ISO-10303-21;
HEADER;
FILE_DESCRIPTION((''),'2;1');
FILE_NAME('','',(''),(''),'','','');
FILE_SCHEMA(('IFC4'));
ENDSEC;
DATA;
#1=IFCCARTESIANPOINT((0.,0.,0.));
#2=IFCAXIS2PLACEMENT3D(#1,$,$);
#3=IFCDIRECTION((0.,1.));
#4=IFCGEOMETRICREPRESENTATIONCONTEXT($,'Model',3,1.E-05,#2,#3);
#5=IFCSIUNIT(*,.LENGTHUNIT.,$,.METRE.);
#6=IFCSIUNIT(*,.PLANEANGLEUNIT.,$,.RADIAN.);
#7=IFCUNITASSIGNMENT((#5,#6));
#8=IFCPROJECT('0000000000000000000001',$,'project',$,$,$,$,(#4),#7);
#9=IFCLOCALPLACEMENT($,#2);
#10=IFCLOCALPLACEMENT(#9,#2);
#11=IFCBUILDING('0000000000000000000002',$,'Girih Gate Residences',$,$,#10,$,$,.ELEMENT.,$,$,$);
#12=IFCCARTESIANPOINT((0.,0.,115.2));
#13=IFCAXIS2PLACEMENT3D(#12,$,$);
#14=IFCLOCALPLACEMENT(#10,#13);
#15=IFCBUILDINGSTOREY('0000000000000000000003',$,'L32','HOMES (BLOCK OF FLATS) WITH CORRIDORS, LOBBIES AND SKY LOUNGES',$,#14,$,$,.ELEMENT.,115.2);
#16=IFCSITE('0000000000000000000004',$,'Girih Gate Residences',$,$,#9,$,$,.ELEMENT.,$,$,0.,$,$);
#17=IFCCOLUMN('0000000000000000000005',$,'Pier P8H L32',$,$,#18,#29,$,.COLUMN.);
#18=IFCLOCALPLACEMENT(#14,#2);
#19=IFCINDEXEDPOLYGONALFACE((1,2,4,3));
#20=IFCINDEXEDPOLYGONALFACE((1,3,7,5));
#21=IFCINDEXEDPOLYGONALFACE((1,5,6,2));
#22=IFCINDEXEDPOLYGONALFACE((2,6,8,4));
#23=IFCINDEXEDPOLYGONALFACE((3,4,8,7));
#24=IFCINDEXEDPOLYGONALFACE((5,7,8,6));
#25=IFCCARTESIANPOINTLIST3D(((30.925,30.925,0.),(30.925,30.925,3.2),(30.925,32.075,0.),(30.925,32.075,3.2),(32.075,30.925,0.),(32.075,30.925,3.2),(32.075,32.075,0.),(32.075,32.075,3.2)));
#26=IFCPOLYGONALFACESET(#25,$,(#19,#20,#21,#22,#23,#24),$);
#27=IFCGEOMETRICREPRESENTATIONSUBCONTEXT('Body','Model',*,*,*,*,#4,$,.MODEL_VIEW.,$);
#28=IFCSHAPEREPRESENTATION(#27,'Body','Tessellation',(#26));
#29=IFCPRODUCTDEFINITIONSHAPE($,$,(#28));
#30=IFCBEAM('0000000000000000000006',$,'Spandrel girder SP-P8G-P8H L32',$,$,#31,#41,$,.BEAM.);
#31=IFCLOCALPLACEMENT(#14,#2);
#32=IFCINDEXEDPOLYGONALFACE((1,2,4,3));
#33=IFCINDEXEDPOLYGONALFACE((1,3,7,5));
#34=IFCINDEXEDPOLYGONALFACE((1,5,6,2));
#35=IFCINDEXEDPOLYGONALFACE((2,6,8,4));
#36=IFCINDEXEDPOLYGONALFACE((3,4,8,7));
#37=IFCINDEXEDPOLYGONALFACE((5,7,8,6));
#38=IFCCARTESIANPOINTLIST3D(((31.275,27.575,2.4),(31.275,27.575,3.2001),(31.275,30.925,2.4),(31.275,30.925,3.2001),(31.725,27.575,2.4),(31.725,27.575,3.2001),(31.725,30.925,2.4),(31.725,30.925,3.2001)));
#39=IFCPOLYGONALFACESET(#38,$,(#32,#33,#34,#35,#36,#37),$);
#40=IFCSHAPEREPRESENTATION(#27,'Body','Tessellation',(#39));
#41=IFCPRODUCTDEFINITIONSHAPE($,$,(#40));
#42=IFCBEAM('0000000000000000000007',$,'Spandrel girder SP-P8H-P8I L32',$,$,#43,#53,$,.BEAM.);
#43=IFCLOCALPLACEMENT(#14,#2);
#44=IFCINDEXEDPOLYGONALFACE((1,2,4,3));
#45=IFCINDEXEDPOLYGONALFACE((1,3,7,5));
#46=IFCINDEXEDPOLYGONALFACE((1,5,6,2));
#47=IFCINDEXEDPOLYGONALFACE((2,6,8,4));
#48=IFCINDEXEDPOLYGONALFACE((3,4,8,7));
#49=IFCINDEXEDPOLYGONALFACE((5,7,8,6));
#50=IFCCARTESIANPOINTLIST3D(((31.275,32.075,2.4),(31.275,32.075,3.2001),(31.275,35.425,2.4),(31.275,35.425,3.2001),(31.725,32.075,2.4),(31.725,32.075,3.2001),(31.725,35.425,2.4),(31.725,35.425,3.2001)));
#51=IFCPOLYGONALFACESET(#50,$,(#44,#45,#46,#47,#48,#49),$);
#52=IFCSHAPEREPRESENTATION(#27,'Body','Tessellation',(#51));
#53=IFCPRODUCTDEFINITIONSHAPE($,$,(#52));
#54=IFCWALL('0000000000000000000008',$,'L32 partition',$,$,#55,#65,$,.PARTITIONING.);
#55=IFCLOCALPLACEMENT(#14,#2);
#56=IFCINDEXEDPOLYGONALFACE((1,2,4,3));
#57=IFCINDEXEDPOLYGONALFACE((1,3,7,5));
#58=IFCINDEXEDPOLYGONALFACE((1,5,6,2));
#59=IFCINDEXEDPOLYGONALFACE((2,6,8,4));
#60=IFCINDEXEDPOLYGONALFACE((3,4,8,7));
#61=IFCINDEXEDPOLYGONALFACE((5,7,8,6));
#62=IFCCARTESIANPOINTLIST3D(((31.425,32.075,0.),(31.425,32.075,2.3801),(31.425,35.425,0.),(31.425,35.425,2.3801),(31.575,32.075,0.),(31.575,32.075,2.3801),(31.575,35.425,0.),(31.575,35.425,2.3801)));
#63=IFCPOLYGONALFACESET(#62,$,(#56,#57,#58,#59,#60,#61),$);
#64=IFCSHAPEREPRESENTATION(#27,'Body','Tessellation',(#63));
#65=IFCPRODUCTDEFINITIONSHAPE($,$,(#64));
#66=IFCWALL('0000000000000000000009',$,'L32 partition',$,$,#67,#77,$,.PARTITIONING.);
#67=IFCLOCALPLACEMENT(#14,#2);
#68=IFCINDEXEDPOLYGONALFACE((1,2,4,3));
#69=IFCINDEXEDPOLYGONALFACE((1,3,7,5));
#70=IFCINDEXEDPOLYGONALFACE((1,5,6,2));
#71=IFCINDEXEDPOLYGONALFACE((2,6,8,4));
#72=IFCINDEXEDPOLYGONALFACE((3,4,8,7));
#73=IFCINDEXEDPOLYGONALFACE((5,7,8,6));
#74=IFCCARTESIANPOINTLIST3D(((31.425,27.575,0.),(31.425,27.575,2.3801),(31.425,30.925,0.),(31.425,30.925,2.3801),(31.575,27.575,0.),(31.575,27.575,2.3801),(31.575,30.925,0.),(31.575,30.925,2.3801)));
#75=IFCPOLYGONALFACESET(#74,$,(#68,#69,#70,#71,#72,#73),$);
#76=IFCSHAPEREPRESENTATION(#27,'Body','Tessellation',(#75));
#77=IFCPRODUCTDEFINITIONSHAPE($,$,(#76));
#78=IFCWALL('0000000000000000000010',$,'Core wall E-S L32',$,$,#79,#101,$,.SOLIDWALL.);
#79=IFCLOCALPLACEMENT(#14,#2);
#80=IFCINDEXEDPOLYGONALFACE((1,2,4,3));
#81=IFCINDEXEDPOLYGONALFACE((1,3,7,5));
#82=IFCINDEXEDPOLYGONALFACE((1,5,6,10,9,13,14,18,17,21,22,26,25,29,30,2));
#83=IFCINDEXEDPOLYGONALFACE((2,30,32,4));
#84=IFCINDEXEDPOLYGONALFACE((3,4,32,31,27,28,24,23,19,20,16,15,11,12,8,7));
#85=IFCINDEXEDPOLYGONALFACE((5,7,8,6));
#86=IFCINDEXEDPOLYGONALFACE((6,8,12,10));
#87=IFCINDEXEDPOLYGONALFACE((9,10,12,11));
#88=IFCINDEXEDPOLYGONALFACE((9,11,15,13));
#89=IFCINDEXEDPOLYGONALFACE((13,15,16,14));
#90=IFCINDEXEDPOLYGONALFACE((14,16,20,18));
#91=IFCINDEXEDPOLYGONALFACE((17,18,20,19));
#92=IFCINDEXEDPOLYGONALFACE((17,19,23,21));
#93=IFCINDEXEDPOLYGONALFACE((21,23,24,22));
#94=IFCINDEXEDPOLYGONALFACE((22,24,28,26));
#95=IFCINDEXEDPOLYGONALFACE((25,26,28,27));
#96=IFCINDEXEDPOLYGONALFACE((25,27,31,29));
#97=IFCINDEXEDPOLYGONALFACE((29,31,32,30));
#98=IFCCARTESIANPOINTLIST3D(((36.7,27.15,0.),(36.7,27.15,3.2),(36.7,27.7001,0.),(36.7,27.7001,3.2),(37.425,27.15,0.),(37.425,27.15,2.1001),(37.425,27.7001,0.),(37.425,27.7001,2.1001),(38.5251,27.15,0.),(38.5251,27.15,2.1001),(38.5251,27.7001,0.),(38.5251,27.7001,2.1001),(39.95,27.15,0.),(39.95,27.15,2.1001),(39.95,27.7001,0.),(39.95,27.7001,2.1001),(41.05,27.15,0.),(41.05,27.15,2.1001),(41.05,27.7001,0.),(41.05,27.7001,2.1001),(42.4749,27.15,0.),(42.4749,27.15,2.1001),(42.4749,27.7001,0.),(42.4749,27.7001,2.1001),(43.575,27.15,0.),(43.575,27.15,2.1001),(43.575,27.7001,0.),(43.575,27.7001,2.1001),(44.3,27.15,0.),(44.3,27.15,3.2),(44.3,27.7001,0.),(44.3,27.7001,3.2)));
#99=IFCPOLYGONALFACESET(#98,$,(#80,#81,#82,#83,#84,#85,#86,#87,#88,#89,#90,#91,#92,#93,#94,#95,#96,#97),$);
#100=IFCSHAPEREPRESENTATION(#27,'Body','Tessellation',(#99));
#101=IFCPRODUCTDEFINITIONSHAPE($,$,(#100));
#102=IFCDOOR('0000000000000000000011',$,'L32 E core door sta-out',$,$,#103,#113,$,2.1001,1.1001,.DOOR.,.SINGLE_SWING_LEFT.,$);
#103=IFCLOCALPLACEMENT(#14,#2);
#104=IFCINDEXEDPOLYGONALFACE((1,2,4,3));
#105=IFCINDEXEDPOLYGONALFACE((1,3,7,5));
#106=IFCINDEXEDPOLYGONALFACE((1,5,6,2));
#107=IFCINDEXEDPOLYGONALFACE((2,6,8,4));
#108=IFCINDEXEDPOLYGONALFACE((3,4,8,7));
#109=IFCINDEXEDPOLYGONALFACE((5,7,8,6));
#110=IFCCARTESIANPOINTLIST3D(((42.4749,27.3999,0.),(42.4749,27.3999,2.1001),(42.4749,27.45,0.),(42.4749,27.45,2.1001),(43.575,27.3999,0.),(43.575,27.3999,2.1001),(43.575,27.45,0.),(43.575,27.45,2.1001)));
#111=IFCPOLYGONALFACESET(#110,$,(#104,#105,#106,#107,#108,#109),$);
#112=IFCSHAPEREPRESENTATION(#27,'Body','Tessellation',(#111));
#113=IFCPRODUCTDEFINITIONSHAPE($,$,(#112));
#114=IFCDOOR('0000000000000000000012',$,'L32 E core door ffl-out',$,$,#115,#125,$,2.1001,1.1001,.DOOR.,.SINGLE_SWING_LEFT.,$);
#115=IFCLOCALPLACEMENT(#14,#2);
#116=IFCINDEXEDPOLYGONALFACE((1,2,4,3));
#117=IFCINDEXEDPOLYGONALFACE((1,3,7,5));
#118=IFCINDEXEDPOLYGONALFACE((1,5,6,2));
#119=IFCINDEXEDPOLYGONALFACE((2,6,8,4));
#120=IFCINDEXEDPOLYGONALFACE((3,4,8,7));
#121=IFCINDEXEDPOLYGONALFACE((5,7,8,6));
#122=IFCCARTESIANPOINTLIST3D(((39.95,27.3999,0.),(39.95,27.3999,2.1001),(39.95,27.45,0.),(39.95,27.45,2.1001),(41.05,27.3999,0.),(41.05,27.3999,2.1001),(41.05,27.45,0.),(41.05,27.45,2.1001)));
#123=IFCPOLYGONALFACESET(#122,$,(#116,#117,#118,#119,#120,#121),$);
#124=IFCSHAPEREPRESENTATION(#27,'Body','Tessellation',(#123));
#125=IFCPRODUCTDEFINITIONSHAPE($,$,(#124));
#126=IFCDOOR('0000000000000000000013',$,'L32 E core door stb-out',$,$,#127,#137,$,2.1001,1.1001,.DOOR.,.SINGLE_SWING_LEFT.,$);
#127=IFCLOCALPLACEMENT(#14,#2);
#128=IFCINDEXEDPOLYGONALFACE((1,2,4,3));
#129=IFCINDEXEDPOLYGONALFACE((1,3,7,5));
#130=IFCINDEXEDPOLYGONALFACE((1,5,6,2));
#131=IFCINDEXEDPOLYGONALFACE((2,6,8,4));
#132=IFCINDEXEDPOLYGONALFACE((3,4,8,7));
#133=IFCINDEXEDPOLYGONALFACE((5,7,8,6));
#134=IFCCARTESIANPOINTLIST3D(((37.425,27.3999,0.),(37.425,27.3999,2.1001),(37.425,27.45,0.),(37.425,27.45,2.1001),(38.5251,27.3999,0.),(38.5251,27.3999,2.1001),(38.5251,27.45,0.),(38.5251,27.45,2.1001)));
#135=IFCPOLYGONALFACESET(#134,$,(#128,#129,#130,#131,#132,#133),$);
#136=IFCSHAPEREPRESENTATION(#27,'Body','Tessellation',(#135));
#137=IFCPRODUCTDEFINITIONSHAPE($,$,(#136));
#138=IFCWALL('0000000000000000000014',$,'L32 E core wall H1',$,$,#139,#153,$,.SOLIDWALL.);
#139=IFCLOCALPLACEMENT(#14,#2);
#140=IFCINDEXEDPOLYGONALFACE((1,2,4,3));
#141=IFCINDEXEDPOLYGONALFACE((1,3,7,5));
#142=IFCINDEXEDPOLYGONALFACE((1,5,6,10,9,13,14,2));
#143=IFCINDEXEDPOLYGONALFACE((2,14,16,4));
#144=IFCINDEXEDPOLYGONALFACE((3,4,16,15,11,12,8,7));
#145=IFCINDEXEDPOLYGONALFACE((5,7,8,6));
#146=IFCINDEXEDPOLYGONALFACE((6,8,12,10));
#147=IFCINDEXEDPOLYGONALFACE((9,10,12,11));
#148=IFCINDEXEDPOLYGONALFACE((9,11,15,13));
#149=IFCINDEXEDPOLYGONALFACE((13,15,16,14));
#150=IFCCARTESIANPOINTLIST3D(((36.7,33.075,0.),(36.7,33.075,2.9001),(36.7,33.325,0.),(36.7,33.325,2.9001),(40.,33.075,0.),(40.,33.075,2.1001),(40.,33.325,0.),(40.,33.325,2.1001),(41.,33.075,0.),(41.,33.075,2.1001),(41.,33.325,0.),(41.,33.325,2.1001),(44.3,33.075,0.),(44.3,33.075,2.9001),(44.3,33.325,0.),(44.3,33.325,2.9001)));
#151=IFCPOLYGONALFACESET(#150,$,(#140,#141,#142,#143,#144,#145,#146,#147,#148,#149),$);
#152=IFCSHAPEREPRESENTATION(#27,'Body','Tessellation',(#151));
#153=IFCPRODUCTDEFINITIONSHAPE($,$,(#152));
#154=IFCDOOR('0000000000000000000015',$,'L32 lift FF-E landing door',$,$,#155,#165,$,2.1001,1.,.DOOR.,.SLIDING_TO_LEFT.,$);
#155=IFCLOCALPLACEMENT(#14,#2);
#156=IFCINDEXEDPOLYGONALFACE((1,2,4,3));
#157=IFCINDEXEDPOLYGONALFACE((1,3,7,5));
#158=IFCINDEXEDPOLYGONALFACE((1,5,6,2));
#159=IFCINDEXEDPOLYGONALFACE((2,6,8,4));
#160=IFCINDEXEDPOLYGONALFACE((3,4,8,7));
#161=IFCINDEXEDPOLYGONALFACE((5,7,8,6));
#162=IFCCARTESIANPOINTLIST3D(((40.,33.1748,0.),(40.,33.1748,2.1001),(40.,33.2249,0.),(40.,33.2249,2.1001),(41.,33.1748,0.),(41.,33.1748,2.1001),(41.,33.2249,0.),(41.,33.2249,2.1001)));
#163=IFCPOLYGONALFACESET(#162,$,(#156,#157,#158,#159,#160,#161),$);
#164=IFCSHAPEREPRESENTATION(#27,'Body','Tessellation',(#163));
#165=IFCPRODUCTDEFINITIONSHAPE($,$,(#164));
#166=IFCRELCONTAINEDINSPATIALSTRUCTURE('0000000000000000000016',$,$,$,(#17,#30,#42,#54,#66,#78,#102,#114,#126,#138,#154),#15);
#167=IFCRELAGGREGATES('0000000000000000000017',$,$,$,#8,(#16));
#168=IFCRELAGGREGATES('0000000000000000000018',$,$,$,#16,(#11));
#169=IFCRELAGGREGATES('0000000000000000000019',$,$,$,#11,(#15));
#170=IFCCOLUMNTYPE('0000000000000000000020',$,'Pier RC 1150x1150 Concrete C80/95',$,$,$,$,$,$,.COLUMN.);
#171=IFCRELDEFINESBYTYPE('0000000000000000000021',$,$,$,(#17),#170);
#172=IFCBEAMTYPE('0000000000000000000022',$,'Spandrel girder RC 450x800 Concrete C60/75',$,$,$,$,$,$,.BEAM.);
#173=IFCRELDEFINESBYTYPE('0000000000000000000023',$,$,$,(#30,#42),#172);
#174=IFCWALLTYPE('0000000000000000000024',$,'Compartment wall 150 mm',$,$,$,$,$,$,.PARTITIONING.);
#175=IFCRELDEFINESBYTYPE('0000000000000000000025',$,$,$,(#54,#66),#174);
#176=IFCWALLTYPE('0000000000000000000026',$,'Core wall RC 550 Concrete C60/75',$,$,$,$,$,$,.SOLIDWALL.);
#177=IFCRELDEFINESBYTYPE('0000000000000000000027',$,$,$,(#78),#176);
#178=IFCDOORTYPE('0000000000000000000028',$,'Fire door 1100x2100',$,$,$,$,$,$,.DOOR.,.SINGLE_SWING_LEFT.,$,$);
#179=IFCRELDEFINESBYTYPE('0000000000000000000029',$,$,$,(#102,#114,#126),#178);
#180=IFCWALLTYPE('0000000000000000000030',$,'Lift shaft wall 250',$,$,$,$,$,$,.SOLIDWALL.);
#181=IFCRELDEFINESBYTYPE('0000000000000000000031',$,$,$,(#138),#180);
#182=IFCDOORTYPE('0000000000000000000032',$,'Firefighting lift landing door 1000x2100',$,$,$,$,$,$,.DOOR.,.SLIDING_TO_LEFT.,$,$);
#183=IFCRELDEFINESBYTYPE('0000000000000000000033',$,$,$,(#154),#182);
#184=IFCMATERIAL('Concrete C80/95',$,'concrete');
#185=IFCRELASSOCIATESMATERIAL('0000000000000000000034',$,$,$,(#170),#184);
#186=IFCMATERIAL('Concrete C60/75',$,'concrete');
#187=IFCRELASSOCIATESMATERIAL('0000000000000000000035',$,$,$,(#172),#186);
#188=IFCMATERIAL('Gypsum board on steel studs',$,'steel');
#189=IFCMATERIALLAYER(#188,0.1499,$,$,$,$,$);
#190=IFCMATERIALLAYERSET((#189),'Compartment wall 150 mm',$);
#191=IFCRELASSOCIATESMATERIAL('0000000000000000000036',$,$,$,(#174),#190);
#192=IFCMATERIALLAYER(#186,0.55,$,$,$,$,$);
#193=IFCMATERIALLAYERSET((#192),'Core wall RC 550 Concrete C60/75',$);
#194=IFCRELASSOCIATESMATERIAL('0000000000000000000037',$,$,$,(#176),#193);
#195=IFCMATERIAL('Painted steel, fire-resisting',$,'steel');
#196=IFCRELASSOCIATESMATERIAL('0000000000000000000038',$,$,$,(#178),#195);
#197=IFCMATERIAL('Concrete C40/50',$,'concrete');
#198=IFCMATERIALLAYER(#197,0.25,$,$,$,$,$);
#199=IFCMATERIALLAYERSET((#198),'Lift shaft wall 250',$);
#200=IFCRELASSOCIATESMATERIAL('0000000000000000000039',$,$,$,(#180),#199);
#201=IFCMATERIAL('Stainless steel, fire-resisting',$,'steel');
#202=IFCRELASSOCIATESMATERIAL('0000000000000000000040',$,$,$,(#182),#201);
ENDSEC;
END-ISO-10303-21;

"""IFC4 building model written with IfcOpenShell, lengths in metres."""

from ifc_helpers import new_model, si_unit, direction, frame, frame_2d, origin, origin_2d, place, context, subcontext, project, spatial, rectangle, extrude, material, layer, layer_set, material_profile, profile_set, type_object, element, fill, save


model = new_model("IFC4")

# Units and contexts
model_context = context("Model", 3, precision=1e-05, world=origin(), true_north=direction((0.0, 1.0)))
body_context = subcontext(model_context, "Body", "Model", "MODEL_VIEW")
ifc_project = project(units=[si_unit("LENGTHUNIT", "METRE"), si_unit("PLANEANGLEUNIT", "RADIAN")], contexts=[model_context])

# Site, building, storey
site_placement = place(None, origin())
site = spatial("IfcSite", under=ifc_project, at=site_placement, Name="Girih Gate Residences", CompositionType="ELEMENT", RefElevation=0.0)
building_placement = place(site_placement, origin())
building = spatial("IfcBuilding", under=site, at=building_placement, Name="Girih Gate Residences", CompositionType="ELEMENT")
storey_placement = place(building_placement, frame((0.0, 0.0, 115.2)))
storey = spatial("IfcBuildingStorey", under=building, at=storey_placement, Name="L32", Description="HOMES (BLOCK OF FLATS) WITH CORRIDORS, LOBBIES AND SKY LOUNGES", CompositionType="ELEMENT", Elevation=115.2)

# Column
ifc_material_1 = material(Name="Concrete C80/95", Category="concrete")
ifc_material_profile_1 = material_profile(ifc_material_1, rectangle(XDim=1.1499, YDim=1.1499, at=origin_2d()))
ifc_profile_set_1 = profile_set([ifc_material_profile_1], Name="Concrete C80/95")
column_type = type_object("IfcColumnType", Name="Pier RC 1150x1150 Concrete C80/95", PredefinedType="COLUMN", material=ifc_profile_set_1)
column_placement = place(storey_placement, frame((31.5, 31.5, 0.0), z_axis=(0.0, 0.0, 1.0), x_axis=(1.0, 0.0, 0.0)))
element("IfcColumn", 1, at=column_placement, inside=storey, type_object=column_type, Name="Pier P8H L32", PredefinedType="COLUMN", context=body_context, shape_type="SweptSolid", body=[
    extrude(rectangle(XDim=1.1499, YDim=1.1499, at=origin_2d()), origin(), (0.0, 0.0, 1.0), 3.2),
])

# Beams
ifc_material_2 = material(Name="Concrete C60/75", Category="concrete")
ifc_material_profile_2 = material_profile(ifc_material_2, rectangle(XDim=0.45, YDim=0.8, at=origin_2d()))
ifc_profile_set_2 = profile_set([ifc_material_profile_2], Name="Concrete C60/75")
beam_type = type_object("IfcBeamType", Name="Spandrel girder RC 450x800 Concrete C60/75", PredefinedType="BEAM", material=ifc_profile_set_2)
for number, where, z_axis, x_axis, name in (
    (2, (31.5, 27.575, 2.8), (0.0, 1.0, 0.0), (-1.0, 0.0, 0.0), "Spandrel girder SP-P8G-P8H L32"),
    (3, (31.5, 32.075, 2.8), (0.0, 1.0, 0.0), (-1.0, 0.0, 0.0), "Spandrel girder SP-P8H-P8I L32"),
):
    element("IfcBeam", number, at=place(storey_placement, frame(where, z_axis=z_axis, x_axis=x_axis)), inside=storey, type_object=beam_type, Name=name, PredefinedType="BEAM", context=body_context, shape_type="SweptSolid", body=[
        extrude(rectangle(XDim=0.45, YDim=0.8, at=origin_2d()), origin(), (0.0, 0.0, 1.0), 3.3501),
    ])

# Walls
ifc_material_3 = material(Name="Gypsum board on steel studs", Category="steel")
ifc_layer_1 = layer(ifc_material_3, 0.1499)
ifc_layer_set_1 = layer_set([ifc_layer_1], Name="Compartment wall 150 mm")
wall_type_1 = type_object("IfcWallType", Name="Compartment wall 150 mm", PredefinedType="PARTITIONING", material=ifc_layer_set_1)
for number, where, z_axis, x_axis, name in (
    (4, (31.5, 32.075, 0.0), (0.0, 0.0, 1.0), (0.0, 1.0, 0.0), "L32 partition"),
    (5, (31.5, 27.575, 0.0), (0.0, 0.0, 1.0), (0.0, 1.0, 0.0), "L32 partition"),
):
    element("IfcWall", number, at=place(storey_placement, frame(where, z_axis=z_axis, x_axis=x_axis)), inside=storey, type_object=wall_type_1, Name=name, PredefinedType="PARTITIONING", context=body_context, shape_type="SweptSolid", body=[
        extrude(rectangle(XDim=3.3501, YDim=0.1499, at=frame_2d((1.675, 0.0))), origin(), (0.0, 0.0, 1.0), 2.3801),
    ])

# Wall, openings, doors
ifc_layer_2 = layer(ifc_material_2, 0.55)
ifc_layer_set_2 = layer_set([ifc_layer_2], Name="Core wall RC 550 Concrete C60/75")
wall_type_2 = type_object("IfcWallType", Name="Core wall RC 550 Concrete C60/75", PredefinedType="SOLIDWALL", material=ifc_layer_set_2)
wall_1_placement = place(storey_placement, frame((36.7, 27.425, 0.0), z_axis=(0.0, 0.0, 1.0), x_axis=(1.0, 0.0, 0.0)))
wall_1 = element("IfcWall", 6, at=wall_1_placement, inside=storey, type_object=wall_type_2, Name="Core wall E-S L32", PredefinedType="SOLIDWALL", context=body_context, shape_type="SweptSolid", body=[
    extrude(rectangle(XDim=7.6001, YDim=0.55, at=frame_2d((3.8, 0.0))), origin(), (0.0, 0.0, 1.0), 3.2),
])
opening_1_placement = place(wall_1_placement, frame((5.7749, 0.0, 0.0)))
opening_1 = element("IfcOpeningElement", 7, at=opening_1_placement, cuts=wall_1, PredefinedType="OPENING", context=body_context, shape_type="SweptSolid", body=[
    extrude(rectangle(XDim=1.1001, YDim=2.1001, at=frame_2d((0.55, 1.05))), frame((0.0, 0.2849, 0.0), z_axis=(0.0, -1.0, 0.0), x_axis=(1.0, 0.0, 0.0)), (0.0, 0.0, 1.0), 0.5701),
])
opening_2_placement = place(wall_1_placement, frame((3.25, 0.0, 0.0)))
opening_2 = element("IfcOpeningElement", 8, at=opening_2_placement, cuts=wall_1, PredefinedType="OPENING", context=body_context, shape_type="SweptSolid", body=[
    extrude(rectangle(XDim=1.1001, YDim=2.1001, at=frame_2d((0.55, 1.05))), frame((0.0, 0.2849, 0.0), z_axis=(0.0, -1.0, 0.0), x_axis=(1.0, 0.0, 0.0)), (0.0, 0.0, 1.0), 0.5701),
])
opening_3_placement = place(wall_1_placement, frame((0.7251, 0.0, 0.0)))
opening_3 = element("IfcOpeningElement", 9, at=opening_3_placement, cuts=wall_1, PredefinedType="OPENING", context=body_context, shape_type="SweptSolid", body=[
    extrude(rectangle(XDim=1.1001, YDim=2.1001, at=frame_2d((0.55, 1.05))), frame((0.0, 0.2849, 0.0), z_axis=(0.0, -1.0, 0.0), x_axis=(1.0, 0.0, 0.0)), (0.0, 0.0, 1.0), 0.5701),
])
ifc_material_4 = material(Name="Painted steel, fire-resisting", Category="steel")
door_type_1 = type_object("IfcDoorType", Name="Fire door 1100x2100", OperationType="SINGLE_SWING_LEFT", PredefinedType="DOOR", material=ifc_material_4)
door_1_placement = place(opening_1_placement, origin())
door_1 = element("IfcDoor", 10, at=door_1_placement, inside=storey, type_object=door_type_1, Name="L32 E core door sta-out", OperationType="SINGLE_SWING_LEFT", OverallHeight=2.1001, OverallWidth=1.1001, PredefinedType="DOOR", context=body_context, shape_type="SweptSolid", body=[
    extrude(rectangle(XDim=1.1001, YDim=2.1001, at=frame_2d((0.55, 1.05))), frame((0.0, 0.0249, 0.0), z_axis=(0.0, -1.0, 0.0), x_axis=(1.0, 0.0, 0.0)), (0.0, 0.0, 1.0), 0.05),
])
fill(opening_1, door_1)
door_2_placement = place(opening_2_placement, origin())
door_2 = element("IfcDoor", 11, at=door_2_placement, inside=storey, type_object=door_type_1, Name="L32 E core door ffl-out", OperationType="SINGLE_SWING_LEFT", OverallHeight=2.1001, OverallWidth=1.1001, PredefinedType="DOOR", context=body_context, shape_type="SweptSolid", body=[
    extrude(rectangle(XDim=1.1001, YDim=2.1001, at=frame_2d((0.55, 1.05))), frame((0.0, 0.0249, 0.0), z_axis=(0.0, -1.0, 0.0), x_axis=(1.0, 0.0, 0.0)), (0.0, 0.0, 1.0), 0.05),
])
fill(opening_2, door_2)
door_3_placement = place(opening_3_placement, origin())
door_3 = element("IfcDoor", 12, at=door_3_placement, inside=storey, type_object=door_type_1, Name="L32 E core door stb-out", OperationType="SINGLE_SWING_LEFT", OverallHeight=2.1001, OverallWidth=1.1001, PredefinedType="DOOR", context=body_context, shape_type="SweptSolid", body=[
    extrude(rectangle(XDim=1.1001, YDim=2.1001, at=frame_2d((0.55, 1.05))), frame((0.0, 0.0249, 0.0), z_axis=(0.0, -1.0, 0.0), x_axis=(1.0, 0.0, 0.0)), (0.0, 0.0, 1.0), 0.05),
])
fill(opening_3, door_3)

# Wall, opening, door
ifc_material_5 = material(Name="Concrete C40/50", Category="concrete")
ifc_layer_3 = layer(ifc_material_5, 0.25)
ifc_layer_set_3 = layer_set([ifc_layer_3], Name="Lift shaft wall 250")
wall_type_3 = type_object("IfcWallType", Name="Lift shaft wall 250", PredefinedType="SOLIDWALL", material=ifc_layer_set_3)
wall_2_placement = place(storey_placement, frame((36.7, 33.2, 0.0), z_axis=(0.0, 0.0, 1.0), x_axis=(1.0, 0.0, 0.0)))
wall_2 = element("IfcWall", 13, at=wall_2_placement, inside=storey, type_object=wall_type_3, Name="L32 E core wall H1", PredefinedType="SOLIDWALL", context=body_context, shape_type="SweptSolid", body=[
    extrude(rectangle(XDim=7.6001, YDim=0.25, at=frame_2d((3.8, 0.0))), origin(), (0.0, 0.0, 1.0), 2.9001),
])
opening_4_placement = place(wall_2_placement, frame((3.3, 0.0, 0.0)))
opening_4 = element("IfcOpeningElement", 14, at=opening_4_placement, cuts=wall_2, PredefinedType="OPENING", context=body_context, shape_type="SweptSolid", body=[
    extrude(rectangle(XDim=1.0, YDim=2.1001, at=frame_2d((0.5, 1.05))), frame((0.0, 0.135, 0.0), z_axis=(0.0, -1.0, 0.0), x_axis=(1.0, 0.0, 0.0)), (0.0, 0.0, 1.0), 0.27),
])
ifc_material_6 = material(Name="Stainless steel, fire-resisting", Category="steel")
door_type_2 = type_object("IfcDoorType", Name="Firefighting lift landing door 1000x2100", OperationType="SLIDING_TO_LEFT", PredefinedType="DOOR", material=ifc_material_6)
door_4_placement = place(opening_4_placement, origin())
door_4 = element("IfcDoor", 15, at=door_4_placement, inside=storey, type_object=door_type_2, Name="L32 lift FF-E landing door", OperationType="SLIDING_TO_LEFT", OverallHeight=2.1001, OverallWidth=1.0, PredefinedType="DOOR", context=body_context, shape_type="SweptSolid", body=[
    extrude(rectangle(XDim=1.0, YDim=2.1001, at=frame_2d((0.5, 1.05))), frame((0.0, 0.0249, 0.0), z_axis=(0.0, -1.0, 0.0), x_axis=(1.0, 0.0, 0.0)), (0.0, 0.0, 1.0), 0.05),
])
fill(opening_4, door_4)

save(model, "model.ifc")
